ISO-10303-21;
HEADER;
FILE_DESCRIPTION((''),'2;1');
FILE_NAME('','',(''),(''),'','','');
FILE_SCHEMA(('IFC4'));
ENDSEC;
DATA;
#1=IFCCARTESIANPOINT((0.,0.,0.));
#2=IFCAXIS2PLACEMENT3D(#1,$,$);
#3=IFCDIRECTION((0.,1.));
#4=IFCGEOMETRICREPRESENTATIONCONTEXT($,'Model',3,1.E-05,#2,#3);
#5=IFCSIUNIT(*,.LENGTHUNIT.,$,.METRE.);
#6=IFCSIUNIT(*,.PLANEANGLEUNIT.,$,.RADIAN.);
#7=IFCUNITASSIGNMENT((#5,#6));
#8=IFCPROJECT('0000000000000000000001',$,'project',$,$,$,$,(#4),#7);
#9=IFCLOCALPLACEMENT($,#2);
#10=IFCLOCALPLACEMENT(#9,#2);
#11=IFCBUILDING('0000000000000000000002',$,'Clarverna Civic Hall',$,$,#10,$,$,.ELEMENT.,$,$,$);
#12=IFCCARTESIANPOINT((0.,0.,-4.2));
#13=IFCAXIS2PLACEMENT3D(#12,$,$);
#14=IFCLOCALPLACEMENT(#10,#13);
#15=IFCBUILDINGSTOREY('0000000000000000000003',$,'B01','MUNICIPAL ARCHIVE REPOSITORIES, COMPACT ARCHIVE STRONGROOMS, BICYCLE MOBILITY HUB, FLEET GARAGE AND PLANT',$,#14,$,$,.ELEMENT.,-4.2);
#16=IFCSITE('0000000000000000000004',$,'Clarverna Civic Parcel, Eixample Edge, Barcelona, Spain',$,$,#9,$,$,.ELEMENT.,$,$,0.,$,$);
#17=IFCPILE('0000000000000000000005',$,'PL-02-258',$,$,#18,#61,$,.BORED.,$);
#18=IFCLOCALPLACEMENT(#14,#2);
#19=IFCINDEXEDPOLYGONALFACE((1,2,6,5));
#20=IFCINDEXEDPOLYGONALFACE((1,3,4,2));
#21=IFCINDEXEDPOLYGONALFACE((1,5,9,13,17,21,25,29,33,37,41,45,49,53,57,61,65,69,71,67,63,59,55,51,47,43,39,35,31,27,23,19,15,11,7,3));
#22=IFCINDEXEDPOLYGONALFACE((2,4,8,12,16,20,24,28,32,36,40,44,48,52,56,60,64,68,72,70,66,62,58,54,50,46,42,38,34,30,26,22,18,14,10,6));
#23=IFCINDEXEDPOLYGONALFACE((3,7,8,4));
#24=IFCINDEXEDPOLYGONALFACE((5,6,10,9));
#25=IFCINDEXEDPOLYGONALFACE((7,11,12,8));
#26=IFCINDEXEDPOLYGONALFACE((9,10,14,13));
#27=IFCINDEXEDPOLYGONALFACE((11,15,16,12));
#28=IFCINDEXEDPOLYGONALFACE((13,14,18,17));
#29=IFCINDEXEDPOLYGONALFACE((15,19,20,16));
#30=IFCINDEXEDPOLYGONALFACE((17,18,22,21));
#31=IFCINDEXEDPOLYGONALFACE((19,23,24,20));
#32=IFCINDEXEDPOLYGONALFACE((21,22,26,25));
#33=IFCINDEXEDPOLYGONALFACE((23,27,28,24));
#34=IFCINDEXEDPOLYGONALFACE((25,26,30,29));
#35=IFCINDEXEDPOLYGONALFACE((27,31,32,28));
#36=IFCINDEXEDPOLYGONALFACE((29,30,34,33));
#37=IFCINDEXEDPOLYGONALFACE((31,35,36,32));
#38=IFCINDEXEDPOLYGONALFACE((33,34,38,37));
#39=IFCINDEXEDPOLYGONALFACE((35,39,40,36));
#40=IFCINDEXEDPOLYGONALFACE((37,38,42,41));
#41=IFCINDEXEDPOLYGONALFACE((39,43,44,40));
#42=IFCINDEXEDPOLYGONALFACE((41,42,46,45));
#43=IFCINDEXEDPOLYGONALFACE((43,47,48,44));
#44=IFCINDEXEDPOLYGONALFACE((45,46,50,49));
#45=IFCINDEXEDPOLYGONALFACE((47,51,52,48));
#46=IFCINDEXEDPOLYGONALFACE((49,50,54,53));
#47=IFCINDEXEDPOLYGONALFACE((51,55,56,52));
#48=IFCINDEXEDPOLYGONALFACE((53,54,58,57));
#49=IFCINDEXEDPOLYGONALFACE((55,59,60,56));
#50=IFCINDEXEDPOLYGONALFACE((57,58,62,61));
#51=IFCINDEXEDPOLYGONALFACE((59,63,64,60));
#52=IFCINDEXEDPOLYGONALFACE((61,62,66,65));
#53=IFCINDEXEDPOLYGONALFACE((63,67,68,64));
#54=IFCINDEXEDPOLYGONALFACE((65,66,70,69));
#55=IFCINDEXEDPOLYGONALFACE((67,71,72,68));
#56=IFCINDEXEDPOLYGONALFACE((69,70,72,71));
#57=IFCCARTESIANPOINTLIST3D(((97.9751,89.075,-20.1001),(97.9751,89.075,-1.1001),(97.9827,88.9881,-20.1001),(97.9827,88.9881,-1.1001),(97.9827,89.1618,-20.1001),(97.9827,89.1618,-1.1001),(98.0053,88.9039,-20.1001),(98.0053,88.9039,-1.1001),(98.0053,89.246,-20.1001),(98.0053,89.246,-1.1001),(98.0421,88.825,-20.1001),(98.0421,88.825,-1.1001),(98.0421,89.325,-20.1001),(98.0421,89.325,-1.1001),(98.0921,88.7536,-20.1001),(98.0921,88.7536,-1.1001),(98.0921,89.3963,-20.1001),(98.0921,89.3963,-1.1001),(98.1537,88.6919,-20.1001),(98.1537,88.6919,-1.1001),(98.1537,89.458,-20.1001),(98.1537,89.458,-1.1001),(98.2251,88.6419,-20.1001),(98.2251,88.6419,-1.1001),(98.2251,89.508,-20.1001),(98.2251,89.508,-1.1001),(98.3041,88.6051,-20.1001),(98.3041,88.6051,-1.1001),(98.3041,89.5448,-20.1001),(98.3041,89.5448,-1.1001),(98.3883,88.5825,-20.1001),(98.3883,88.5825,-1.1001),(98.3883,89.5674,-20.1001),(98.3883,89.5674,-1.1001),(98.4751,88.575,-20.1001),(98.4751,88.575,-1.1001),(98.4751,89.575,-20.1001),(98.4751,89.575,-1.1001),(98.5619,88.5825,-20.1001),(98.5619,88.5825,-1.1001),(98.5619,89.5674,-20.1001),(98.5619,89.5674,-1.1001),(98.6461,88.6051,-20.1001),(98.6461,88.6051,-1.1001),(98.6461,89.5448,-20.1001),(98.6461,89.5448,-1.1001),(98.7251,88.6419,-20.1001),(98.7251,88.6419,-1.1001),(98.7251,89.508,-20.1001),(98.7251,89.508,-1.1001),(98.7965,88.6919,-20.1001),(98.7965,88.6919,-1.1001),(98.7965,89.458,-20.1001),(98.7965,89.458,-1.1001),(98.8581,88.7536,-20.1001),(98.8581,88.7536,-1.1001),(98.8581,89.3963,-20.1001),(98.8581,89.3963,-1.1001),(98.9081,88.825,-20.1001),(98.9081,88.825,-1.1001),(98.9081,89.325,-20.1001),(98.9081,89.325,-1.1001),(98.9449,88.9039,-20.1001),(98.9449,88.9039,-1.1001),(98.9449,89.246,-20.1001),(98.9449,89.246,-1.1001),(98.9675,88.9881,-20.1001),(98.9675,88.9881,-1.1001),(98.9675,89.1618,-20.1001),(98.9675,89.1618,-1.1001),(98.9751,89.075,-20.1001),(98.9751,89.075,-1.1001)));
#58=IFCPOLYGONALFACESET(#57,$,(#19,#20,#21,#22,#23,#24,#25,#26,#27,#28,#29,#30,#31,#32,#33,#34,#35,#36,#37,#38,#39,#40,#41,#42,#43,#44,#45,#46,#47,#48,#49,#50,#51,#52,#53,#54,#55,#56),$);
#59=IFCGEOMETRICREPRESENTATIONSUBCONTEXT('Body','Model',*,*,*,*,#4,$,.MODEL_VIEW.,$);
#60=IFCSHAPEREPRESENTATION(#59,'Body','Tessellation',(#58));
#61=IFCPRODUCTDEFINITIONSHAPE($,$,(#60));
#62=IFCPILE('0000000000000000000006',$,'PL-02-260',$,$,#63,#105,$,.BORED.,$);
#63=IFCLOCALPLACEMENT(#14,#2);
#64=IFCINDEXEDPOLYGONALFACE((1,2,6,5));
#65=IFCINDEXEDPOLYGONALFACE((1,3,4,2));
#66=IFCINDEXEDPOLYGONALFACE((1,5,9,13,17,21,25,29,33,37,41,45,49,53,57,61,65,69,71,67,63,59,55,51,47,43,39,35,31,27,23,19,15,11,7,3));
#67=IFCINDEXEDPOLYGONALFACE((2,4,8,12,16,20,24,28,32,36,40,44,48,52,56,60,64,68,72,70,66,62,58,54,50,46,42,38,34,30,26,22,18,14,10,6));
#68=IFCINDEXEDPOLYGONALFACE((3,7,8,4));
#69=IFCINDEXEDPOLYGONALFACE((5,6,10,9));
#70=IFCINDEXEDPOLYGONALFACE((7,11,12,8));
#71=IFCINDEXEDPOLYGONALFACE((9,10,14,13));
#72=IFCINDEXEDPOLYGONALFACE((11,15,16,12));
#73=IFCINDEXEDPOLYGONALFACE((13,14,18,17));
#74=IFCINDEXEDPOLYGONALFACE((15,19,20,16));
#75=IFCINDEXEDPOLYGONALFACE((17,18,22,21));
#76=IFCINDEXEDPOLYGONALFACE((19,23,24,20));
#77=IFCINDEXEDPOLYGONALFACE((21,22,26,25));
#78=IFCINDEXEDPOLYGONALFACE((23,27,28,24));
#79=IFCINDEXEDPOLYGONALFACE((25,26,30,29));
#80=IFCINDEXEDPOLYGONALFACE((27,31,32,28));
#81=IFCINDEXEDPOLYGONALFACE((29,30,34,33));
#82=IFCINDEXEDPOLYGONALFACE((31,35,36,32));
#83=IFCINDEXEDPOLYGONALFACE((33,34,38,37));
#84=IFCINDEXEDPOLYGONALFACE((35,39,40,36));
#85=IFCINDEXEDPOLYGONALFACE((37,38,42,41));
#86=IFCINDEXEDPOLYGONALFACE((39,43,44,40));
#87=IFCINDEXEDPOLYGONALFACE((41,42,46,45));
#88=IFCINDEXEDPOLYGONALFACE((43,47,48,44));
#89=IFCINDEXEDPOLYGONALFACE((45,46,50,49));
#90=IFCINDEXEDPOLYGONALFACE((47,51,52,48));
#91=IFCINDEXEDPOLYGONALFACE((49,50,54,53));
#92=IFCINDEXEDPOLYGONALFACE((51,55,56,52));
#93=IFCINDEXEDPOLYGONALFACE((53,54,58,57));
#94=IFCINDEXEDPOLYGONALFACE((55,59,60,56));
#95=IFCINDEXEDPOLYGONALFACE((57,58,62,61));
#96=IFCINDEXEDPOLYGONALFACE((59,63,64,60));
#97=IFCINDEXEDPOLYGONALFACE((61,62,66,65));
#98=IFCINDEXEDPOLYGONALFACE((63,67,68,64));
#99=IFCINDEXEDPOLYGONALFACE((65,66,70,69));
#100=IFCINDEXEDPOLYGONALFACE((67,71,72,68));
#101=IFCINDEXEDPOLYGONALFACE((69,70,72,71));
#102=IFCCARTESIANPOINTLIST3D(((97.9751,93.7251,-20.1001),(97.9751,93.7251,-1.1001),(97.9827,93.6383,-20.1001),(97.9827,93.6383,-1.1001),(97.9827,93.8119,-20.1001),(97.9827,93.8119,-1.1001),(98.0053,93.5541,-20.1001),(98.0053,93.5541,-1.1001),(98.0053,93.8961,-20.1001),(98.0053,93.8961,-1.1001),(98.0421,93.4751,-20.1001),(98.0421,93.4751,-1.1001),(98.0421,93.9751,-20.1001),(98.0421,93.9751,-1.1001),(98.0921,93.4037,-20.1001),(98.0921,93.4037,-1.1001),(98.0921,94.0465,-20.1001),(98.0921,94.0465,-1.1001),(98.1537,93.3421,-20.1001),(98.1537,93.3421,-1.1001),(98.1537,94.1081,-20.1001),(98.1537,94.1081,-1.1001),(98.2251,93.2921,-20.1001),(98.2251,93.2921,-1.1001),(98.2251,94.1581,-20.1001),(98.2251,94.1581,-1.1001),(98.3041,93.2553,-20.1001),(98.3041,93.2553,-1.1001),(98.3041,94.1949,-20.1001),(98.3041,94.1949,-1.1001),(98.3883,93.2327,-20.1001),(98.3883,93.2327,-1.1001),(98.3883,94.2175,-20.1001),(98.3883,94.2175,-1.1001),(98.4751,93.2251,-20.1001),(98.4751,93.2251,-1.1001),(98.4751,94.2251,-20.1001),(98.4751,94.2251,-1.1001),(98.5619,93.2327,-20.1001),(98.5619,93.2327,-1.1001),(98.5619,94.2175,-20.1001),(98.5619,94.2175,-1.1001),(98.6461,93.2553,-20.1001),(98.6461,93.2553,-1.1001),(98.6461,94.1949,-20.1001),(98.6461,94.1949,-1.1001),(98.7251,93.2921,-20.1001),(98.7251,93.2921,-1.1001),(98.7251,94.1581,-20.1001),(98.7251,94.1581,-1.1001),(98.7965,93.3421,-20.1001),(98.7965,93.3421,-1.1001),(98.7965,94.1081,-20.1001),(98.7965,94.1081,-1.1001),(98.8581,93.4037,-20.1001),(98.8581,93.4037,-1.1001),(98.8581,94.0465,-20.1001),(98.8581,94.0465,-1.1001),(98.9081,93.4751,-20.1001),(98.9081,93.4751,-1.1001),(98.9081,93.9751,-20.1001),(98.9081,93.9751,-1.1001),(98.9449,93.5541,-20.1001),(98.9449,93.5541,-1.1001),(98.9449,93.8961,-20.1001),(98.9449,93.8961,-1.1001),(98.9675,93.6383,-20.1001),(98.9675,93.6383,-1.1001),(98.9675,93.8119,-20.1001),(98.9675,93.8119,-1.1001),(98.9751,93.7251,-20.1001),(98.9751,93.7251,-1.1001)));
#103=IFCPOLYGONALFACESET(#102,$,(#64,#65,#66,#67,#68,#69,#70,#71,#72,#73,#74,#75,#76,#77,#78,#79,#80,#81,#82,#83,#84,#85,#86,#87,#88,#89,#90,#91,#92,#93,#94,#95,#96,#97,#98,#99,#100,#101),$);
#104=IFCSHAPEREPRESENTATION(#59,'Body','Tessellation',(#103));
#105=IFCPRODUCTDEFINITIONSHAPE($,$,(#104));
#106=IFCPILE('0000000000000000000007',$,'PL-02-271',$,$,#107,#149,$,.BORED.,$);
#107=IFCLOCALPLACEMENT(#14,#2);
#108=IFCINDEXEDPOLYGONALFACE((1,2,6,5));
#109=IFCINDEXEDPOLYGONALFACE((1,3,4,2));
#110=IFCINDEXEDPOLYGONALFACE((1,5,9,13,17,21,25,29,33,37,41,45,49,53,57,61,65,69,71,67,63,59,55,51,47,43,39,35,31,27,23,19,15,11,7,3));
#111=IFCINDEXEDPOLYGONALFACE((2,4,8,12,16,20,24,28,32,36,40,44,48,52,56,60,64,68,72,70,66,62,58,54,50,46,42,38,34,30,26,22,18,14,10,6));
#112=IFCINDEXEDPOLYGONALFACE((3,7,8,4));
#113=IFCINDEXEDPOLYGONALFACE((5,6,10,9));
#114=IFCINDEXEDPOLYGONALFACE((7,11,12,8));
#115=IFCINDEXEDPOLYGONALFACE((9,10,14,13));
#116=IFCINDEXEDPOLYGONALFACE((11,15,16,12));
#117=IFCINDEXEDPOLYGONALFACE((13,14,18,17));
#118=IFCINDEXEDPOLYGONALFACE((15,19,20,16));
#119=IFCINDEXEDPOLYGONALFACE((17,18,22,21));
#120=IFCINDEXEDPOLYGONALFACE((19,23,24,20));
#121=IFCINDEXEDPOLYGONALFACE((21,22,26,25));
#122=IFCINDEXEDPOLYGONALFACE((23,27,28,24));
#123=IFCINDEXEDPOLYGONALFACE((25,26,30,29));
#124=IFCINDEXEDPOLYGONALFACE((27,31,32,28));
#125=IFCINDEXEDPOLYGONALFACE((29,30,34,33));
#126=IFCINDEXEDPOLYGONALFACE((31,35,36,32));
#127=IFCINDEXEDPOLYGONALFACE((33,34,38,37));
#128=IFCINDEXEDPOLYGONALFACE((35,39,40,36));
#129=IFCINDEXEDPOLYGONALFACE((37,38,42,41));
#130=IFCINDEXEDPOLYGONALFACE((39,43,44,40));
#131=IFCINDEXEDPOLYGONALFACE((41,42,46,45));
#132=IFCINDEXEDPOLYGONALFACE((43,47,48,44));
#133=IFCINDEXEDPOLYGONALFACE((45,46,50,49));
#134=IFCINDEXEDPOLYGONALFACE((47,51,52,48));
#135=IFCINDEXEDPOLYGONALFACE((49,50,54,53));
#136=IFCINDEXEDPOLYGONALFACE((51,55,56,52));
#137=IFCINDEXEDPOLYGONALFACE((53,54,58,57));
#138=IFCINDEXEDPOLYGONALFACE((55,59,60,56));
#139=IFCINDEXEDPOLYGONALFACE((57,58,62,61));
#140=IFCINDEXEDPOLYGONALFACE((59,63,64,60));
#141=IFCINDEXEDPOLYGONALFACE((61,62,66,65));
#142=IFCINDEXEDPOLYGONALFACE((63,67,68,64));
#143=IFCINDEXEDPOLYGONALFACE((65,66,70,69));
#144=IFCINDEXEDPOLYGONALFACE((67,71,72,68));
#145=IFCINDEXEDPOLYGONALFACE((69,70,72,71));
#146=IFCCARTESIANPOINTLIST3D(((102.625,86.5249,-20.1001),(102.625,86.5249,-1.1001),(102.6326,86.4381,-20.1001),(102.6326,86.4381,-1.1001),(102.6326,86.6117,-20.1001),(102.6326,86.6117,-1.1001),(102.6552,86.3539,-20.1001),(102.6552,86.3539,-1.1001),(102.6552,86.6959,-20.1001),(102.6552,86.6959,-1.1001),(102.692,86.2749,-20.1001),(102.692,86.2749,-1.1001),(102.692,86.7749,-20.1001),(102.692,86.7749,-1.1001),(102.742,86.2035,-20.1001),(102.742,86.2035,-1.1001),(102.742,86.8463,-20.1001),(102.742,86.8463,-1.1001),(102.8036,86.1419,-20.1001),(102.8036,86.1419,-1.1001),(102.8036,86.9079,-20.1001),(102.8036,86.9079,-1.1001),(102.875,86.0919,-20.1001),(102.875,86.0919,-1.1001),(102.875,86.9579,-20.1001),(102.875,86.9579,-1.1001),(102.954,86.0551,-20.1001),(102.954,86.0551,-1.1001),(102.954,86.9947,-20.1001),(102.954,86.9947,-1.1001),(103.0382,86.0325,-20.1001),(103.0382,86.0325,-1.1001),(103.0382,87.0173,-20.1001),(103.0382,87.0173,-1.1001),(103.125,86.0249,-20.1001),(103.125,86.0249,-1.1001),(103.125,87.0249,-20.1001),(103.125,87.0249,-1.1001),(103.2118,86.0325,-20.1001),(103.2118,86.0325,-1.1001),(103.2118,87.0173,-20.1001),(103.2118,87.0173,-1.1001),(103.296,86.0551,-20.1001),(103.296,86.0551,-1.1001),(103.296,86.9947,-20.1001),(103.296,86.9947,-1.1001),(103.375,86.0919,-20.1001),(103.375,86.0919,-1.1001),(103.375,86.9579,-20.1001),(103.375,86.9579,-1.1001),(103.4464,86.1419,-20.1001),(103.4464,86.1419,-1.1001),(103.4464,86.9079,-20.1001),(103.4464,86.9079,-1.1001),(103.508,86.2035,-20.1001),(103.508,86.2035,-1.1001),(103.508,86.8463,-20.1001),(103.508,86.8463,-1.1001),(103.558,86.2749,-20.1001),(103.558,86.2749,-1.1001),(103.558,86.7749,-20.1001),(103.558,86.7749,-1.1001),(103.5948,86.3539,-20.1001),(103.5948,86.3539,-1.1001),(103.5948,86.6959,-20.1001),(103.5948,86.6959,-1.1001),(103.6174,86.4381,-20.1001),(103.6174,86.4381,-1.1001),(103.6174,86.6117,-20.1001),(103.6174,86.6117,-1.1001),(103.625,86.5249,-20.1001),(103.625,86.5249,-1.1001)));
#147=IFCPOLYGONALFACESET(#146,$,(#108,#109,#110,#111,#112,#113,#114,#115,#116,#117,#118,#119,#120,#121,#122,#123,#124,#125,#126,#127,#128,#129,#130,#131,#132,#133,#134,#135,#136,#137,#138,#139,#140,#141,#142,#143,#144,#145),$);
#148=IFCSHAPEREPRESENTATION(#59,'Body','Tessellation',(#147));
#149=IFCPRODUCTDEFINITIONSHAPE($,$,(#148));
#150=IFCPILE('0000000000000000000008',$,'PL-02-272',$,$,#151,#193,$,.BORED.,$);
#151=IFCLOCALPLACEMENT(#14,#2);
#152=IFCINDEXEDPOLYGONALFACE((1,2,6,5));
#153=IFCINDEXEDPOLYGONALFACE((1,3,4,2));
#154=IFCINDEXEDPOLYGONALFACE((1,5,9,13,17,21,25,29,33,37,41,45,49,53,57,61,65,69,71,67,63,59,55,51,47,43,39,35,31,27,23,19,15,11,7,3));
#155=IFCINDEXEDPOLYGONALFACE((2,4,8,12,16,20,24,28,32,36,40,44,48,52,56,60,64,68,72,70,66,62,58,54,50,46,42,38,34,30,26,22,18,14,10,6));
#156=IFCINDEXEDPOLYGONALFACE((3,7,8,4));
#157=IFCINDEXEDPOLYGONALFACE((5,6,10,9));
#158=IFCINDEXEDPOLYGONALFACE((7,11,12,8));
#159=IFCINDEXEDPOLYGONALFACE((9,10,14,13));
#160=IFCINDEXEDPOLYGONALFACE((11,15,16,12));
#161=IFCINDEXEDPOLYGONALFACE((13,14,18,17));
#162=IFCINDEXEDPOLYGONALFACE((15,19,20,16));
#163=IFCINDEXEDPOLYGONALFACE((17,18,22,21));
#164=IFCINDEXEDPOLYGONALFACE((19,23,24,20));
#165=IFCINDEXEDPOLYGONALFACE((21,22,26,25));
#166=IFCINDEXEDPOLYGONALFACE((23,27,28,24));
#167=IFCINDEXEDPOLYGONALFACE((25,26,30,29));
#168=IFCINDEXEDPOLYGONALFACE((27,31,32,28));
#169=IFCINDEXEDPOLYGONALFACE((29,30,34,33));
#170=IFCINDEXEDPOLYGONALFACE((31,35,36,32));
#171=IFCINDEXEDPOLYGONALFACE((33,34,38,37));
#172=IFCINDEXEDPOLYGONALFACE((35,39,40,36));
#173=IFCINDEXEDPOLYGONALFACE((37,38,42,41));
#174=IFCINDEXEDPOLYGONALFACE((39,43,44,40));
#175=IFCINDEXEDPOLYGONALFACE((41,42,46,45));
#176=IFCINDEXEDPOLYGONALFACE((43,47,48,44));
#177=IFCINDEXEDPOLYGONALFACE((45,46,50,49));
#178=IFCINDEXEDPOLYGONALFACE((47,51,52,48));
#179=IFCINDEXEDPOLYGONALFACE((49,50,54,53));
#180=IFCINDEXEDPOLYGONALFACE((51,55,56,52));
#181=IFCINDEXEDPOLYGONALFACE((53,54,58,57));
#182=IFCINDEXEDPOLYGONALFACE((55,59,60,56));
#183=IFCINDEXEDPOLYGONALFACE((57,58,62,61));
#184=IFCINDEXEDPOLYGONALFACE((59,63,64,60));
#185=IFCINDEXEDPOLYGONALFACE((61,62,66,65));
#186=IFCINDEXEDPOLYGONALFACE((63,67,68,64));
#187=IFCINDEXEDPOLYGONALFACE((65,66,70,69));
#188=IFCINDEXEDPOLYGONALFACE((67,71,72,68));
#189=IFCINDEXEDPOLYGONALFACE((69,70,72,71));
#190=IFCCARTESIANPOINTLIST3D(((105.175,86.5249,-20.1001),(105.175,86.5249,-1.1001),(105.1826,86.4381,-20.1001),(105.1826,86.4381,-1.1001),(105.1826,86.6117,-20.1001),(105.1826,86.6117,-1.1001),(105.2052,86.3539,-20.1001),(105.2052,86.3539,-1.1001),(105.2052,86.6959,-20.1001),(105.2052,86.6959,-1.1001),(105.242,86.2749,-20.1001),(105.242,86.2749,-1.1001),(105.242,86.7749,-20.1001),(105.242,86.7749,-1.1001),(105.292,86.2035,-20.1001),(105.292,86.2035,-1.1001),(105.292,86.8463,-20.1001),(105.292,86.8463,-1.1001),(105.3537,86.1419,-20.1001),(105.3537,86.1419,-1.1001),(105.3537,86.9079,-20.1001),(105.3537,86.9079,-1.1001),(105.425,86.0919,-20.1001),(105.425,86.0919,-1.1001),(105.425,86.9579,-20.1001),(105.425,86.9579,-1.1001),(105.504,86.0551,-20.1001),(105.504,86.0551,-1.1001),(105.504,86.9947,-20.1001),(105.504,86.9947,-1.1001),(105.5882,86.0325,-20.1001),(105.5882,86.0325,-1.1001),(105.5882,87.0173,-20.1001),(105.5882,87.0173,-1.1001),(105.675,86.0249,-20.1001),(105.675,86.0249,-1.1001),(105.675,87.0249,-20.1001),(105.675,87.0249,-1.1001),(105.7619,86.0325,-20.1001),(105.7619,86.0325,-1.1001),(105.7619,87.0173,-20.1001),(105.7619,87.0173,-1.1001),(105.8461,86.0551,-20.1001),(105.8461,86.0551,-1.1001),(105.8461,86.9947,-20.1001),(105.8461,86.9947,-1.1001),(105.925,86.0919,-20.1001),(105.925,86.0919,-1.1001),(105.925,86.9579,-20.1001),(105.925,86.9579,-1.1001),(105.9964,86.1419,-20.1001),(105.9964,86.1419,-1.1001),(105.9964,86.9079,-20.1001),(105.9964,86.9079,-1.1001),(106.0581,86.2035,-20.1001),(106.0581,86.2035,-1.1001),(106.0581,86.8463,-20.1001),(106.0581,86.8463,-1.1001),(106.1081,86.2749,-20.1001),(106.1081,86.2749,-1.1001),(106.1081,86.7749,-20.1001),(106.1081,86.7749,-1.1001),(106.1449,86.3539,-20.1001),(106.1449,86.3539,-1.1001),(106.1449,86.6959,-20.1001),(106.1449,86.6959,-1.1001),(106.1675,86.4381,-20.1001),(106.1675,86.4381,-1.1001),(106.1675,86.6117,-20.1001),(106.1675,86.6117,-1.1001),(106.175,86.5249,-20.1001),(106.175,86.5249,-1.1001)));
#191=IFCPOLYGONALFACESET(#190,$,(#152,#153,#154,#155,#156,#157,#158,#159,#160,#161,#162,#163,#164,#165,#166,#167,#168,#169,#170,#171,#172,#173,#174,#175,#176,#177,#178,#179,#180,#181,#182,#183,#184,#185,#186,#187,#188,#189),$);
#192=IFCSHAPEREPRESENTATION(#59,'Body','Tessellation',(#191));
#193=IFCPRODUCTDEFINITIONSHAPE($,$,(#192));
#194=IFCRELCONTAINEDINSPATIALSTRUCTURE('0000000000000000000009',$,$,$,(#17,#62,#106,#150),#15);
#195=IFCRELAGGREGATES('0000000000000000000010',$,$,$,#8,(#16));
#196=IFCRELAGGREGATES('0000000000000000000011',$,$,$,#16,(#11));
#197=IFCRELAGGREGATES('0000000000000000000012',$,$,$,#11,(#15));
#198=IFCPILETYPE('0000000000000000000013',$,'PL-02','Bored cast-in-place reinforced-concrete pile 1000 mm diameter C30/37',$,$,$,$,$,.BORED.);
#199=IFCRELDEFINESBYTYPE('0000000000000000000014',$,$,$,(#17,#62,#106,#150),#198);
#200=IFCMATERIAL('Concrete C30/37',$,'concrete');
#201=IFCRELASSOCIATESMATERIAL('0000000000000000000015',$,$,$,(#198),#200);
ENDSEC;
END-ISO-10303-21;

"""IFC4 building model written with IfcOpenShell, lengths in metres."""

from ifc_helpers import new_model, si_unit, direction, frame, origin, origin_2d, place, context, subcontext, project, spatial, circle, extrude, material, material_profile, profile_set, type_object, element, save


model = new_model("IFC4")

# Units and contexts
model_context = context("Model", 3, precision=1e-05, world=origin(), true_north=direction((0.0, 1.0)))
body_context = subcontext(model_context, "Body", "Model", "MODEL_VIEW")
ifc_project = project(units=[si_unit("LENGTHUNIT", "METRE"), si_unit("PLANEANGLEUNIT", "RADIAN")], contexts=[model_context])

# Site, building, storey
site_placement = place(None, origin())
site = spatial("IfcSite", under=ifc_project, at=site_placement, Name="Clarverna Civic Parcel, Eixample Edge, Barcelona, Spain", CompositionType="ELEMENT", RefElevation=0.0)
building_placement = place(site_placement, origin())
building = spatial("IfcBuilding", under=site, at=building_placement, Name="Clarverna Civic Hall", CompositionType="ELEMENT")
storey_placement = place(building_placement, frame((0.0, 0.0, -4.2)))
storey = spatial("IfcBuildingStorey", under=building, at=storey_placement, Name="B01", Description="MUNICIPAL ARCHIVE REPOSITORIES, COMPACT ARCHIVE STRONGROOMS, BICYCLE MOBILITY HUB, FLEET GARAGE AND PLANT", CompositionType="ELEMENT", Elevation=-4.2)

# Shared definitions
ifc_material_1 = material(Name="Concrete C30/37", Category="concrete")

# Piles
ifc_material_profile_1 = material_profile(ifc_material_1, circle(Radius=0.5, at=origin_2d()), Name="BORED PILE D1000")
ifc_profile_set_1 = profile_set([ifc_material_profile_1], Name="Concrete C30/37")
pile_type = type_object("IfcPileType", Name="PL-02", Description="Bored cast-in-place reinforced-concrete pile 1000 mm diameter C30/37", PredefinedType="BORED", material=ifc_profile_set_1)
for number, where, z_axis, x_axis, name in (
    (1, (98.4751, 89.075, -1.1001), (0.0, 0.0, -1.0), (1.0, 0.0, 0.0), "PL-02-258"),
    (2, (98.4751, 93.7251, -1.1001), (0.0, 0.0, -1.0), (1.0, 0.0, 0.0), "PL-02-260"),
    (3, (103.125, 86.5249, -1.1001), (0.0, 0.0, -1.0), (1.0, 0.0, 0.0), "PL-02-271"),
    (4, (105.675, 86.5249, -1.1001), (0.0, 0.0, -1.0), (1.0, 0.0, 0.0), "PL-02-272"),
):
    element("IfcPile", number, at=place(storey_placement, frame(where, z_axis=z_axis, x_axis=x_axis)), inside=storey, type_object=pile_type, Name=name, PredefinedType="BORED", context=body_context, shape_type="SweptSolid", body=[
        extrude(circle(Radius=0.5, at=origin_2d()), origin(), (0.0, 0.0, 1.0), 19.0),
    ])

save(model, "model.ifc")
